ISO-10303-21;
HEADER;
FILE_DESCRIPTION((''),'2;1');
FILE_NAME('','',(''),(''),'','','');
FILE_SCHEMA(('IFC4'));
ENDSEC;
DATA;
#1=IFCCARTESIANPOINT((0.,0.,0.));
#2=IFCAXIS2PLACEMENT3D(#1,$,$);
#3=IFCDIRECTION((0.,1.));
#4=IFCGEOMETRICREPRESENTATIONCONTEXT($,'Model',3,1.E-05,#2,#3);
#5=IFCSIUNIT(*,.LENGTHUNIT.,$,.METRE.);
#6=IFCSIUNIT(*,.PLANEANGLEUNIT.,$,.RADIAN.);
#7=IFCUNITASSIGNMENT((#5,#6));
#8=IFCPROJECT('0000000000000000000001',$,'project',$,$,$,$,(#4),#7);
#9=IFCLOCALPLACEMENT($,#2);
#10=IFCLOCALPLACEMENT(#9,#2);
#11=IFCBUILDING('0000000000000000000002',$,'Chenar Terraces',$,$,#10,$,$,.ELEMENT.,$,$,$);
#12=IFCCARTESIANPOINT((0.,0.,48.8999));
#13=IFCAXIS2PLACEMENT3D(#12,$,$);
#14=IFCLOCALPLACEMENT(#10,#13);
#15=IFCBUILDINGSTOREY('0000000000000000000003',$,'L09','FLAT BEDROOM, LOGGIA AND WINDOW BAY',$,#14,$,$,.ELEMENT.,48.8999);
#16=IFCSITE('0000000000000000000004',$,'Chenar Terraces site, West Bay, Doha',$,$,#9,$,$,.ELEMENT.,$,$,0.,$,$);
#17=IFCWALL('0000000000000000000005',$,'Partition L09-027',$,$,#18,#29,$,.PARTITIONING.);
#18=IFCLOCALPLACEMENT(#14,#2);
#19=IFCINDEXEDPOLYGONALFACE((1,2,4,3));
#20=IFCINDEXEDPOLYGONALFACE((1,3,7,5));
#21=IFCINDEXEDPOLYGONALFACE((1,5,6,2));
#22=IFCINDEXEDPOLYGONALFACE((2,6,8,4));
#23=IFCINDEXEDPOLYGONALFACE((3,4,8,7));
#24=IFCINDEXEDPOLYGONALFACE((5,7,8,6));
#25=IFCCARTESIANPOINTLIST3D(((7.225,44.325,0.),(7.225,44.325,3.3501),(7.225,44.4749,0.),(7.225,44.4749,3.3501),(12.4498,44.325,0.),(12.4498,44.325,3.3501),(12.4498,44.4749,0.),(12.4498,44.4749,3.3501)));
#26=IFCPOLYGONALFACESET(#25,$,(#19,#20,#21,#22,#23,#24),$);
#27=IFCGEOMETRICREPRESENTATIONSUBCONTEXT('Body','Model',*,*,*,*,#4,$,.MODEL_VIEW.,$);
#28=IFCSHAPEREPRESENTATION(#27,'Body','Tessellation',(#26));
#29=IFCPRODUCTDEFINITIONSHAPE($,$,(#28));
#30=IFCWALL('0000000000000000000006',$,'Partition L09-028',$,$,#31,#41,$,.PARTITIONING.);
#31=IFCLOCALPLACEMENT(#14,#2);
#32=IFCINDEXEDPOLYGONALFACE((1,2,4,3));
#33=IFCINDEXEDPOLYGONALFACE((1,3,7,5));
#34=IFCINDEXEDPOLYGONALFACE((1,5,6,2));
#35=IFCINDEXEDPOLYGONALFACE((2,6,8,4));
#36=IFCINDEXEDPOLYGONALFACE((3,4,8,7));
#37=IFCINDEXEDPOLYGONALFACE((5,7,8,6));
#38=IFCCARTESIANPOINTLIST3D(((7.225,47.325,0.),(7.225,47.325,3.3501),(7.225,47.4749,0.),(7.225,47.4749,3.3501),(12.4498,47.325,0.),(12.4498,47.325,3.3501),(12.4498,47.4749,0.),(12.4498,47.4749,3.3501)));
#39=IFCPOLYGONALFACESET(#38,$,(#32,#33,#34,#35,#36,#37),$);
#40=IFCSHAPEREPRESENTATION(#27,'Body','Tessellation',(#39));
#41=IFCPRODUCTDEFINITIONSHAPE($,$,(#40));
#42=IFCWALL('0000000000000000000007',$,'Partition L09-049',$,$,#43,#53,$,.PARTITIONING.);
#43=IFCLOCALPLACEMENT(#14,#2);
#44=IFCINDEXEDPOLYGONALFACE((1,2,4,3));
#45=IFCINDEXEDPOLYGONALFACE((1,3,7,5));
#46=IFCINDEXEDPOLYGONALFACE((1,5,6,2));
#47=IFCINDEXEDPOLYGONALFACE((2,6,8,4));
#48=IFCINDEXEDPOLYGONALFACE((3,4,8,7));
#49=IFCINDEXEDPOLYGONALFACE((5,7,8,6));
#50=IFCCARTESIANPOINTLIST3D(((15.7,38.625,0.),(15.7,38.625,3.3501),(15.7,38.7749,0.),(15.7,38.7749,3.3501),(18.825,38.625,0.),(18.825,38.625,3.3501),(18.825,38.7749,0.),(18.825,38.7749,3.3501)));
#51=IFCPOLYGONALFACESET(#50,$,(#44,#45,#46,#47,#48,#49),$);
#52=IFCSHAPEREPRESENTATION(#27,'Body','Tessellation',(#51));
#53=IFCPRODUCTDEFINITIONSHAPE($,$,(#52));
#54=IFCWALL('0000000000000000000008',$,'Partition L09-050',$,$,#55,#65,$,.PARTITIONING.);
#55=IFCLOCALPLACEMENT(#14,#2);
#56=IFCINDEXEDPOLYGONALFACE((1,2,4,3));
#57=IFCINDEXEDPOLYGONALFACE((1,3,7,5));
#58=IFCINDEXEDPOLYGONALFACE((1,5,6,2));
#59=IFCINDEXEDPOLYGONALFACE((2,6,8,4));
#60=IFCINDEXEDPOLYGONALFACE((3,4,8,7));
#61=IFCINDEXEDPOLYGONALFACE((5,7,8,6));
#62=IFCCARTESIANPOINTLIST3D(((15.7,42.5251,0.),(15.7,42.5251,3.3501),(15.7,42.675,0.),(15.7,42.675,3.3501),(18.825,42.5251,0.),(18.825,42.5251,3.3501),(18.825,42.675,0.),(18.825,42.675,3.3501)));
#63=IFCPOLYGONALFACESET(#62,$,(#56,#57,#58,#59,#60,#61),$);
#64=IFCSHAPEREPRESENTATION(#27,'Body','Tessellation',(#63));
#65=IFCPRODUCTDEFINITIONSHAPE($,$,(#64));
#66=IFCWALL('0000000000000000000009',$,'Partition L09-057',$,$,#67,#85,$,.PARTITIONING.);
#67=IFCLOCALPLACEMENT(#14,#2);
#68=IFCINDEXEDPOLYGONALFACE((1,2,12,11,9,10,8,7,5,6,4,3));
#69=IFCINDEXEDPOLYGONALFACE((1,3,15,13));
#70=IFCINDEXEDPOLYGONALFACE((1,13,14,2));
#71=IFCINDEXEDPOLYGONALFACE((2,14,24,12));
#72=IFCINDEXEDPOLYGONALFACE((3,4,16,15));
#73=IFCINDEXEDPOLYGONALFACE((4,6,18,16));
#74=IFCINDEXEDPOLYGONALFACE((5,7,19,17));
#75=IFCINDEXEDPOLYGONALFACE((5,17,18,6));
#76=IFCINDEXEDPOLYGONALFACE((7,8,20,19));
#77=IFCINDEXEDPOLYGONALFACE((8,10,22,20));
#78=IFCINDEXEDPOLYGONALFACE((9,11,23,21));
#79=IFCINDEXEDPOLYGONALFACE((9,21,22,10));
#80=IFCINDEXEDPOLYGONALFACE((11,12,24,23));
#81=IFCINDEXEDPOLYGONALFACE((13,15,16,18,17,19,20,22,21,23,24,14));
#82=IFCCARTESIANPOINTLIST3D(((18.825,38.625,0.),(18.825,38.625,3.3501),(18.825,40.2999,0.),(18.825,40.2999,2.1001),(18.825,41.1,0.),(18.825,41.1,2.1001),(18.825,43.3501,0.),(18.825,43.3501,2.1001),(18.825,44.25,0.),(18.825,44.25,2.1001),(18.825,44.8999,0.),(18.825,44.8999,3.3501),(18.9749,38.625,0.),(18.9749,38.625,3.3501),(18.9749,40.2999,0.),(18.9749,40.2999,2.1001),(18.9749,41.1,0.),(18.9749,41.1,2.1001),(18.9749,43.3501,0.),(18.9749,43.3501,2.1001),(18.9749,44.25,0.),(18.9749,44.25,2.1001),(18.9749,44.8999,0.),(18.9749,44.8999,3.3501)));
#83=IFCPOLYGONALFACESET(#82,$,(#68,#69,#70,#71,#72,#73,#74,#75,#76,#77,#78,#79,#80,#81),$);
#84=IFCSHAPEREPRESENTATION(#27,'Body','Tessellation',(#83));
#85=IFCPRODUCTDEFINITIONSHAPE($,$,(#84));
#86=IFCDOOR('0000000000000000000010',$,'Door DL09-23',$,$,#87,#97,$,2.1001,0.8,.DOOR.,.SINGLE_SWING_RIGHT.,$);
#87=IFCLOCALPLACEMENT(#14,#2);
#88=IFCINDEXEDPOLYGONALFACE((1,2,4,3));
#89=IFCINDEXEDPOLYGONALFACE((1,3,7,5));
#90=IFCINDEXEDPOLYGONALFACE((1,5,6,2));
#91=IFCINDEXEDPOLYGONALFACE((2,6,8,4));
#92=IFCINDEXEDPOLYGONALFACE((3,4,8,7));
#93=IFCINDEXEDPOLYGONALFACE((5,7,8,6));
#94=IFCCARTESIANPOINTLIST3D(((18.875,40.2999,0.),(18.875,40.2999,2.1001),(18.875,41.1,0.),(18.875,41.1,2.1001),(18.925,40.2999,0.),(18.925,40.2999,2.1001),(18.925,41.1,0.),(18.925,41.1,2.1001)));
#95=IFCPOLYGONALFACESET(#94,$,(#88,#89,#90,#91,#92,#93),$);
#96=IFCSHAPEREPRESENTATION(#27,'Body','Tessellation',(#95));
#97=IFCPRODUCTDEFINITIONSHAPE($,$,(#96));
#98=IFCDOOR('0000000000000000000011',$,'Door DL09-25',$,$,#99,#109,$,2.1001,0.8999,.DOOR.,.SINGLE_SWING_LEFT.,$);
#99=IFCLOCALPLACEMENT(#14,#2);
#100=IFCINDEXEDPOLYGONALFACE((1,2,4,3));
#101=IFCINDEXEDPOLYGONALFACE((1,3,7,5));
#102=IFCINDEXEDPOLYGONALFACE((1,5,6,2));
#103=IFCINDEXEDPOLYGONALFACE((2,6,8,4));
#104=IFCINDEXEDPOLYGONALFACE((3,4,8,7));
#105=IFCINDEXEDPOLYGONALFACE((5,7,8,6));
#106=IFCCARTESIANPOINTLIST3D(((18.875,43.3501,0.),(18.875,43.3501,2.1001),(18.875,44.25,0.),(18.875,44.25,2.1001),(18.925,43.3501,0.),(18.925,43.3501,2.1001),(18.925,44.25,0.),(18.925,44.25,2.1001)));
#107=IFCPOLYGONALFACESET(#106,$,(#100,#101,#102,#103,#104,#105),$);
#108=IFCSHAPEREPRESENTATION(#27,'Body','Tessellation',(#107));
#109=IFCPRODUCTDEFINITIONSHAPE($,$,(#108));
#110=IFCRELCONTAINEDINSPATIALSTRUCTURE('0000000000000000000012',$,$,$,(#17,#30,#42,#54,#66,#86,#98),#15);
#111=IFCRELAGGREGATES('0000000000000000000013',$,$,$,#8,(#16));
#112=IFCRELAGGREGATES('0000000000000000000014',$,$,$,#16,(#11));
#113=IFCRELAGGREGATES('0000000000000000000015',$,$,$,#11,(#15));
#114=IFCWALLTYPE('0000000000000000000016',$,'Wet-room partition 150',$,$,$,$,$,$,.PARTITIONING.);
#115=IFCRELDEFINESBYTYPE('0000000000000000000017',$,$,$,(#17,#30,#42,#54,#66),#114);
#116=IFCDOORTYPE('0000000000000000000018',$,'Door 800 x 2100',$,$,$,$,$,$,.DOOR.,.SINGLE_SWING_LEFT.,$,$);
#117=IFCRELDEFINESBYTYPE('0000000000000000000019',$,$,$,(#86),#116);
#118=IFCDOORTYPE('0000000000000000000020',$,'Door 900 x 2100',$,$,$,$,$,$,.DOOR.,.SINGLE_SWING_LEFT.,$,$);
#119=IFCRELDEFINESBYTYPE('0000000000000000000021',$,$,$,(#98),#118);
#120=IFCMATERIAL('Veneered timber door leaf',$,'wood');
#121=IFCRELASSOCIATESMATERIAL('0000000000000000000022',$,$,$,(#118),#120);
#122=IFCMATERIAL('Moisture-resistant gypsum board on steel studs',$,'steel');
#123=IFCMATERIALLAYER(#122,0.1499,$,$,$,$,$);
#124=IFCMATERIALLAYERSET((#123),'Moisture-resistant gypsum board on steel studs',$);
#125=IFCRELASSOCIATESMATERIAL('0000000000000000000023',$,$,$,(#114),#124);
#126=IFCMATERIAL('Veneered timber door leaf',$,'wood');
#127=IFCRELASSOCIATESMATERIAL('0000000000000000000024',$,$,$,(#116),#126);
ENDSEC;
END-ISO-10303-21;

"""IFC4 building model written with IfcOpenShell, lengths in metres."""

from ifc_helpers import new_model, si_unit, direction, frame, frame_2d, origin, place, context, subcontext, project, spatial, rectangle, extrude, material, layer, layer_set, type_object, element, fill, save


model = new_model("IFC4")

# Units and contexts
model_context = context("Model", 3, precision=1e-05, world=origin(), true_north=direction((0.0, 1.0)))
body_context = subcontext(model_context, "Body", "Model", "MODEL_VIEW")
ifc_project = project(units=[si_unit("LENGTHUNIT", "METRE"), si_unit("PLANEANGLEUNIT", "RADIAN")], contexts=[model_context])

# Site, building, storey
site_placement = place(None, origin())
site = spatial("IfcSite", under=ifc_project, at=site_placement, Name="Chenar Terraces site, West Bay, Doha", CompositionType="ELEMENT", RefElevation=0.0)
building_placement = place(site_placement, origin())
building = spatial("IfcBuilding", under=site, at=building_placement, Name="Chenar Terraces", CompositionType="ELEMENT")
storey_placement = place(building_placement, frame((0.0, 0.0, 48.8999)))
storey = spatial("IfcBuildingStorey", under=building, at=storey_placement, Name="L09", Description="FLAT BEDROOM, LOGGIA AND WINDOW BAY", CompositionType="ELEMENT", Elevation=48.8999)

# Shared definitions
ifc_material_1 = material(Name="Veneered timber door leaf", Category="wood")
door_type_1 = type_object("IfcDoorType", Name="Door 900 x 2100", OperationType="SINGLE_SWING_LEFT", PredefinedType="DOOR", material=ifc_material_1)

# Shared definitions
ifc_material_2 = material(Name="Moisture-resistant gypsum board on steel studs", Category="steel")
ifc_layer_1 = layer(ifc_material_2, 0.1499)
ifc_layer_set_1 = layer_set([ifc_layer_1], Name="Moisture-resistant gypsum board on steel studs")
wall_type_1 = type_object("IfcWallType", Name="Wet-room partition 150", PredefinedType="PARTITIONING", material=ifc_layer_set_1)

# Shared definitions
ifc_material_3 = material(Name="Veneered timber door leaf", Category="wood")
door_type_2 = type_object("IfcDoorType", Name="Door 800 x 2100", OperationType="SINGLE_SWING_LEFT", PredefinedType="DOOR", material=ifc_material_3)

# Walls
for number, where, z_axis, x_axis, name in (
    (1, (7.2251, 44.3999, 0.0), (0.0, 0.0, 1.0), (1.0, 0.0, 0.0), "Partition L09-027"),
    (2, (7.2251, 47.3999, 0.0), (0.0, 0.0, 1.0), (1.0, 0.0, 0.0), "Partition L09-028"),
):
    element("IfcWall", number, at=place(storey_placement, frame(where, z_axis=z_axis, x_axis=x_axis)), inside=storey, type_object=wall_type_1, Name=name, PredefinedType="PARTITIONING", context=body_context, shape_type="SweptSolid", body=[
        extrude(rectangle(XDim=5.2249, YDim=0.1499, at=frame_2d((2.6123, 0.0))), origin(), (0.0, 0.0, 1.0), 3.3501),
    ])
for number, where, z_axis, x_axis, name in (
    (3, (15.7, 38.7, 0.0), (0.0, 0.0, 1.0), (1.0, 0.0, 0.0), "Partition L09-049"),
    (4, (15.7, 42.6001, 0.0), (0.0, 0.0, 1.0), (1.0, 0.0, 0.0), "Partition L09-050"),
):
    element("IfcWall", number, at=place(storey_placement, frame(where, z_axis=z_axis, x_axis=x_axis)), inside=storey, type_object=wall_type_1, Name=name, PredefinedType="PARTITIONING", context=body_context, shape_type="SweptSolid", body=[
        extrude(rectangle(XDim=3.125, YDim=0.1499, at=frame_2d((1.5625, 0.0))), origin(), (0.0, 0.0, 1.0), 3.3501),
    ])

# Wall, openings, doors
wall_1_placement = place(storey_placement, frame((18.8999, 38.625, 0.0), z_axis=(0.0, 0.0, 1.0), x_axis=(0.0, 1.0, 0.0)))
wall_1 = element("IfcWall", 5, at=wall_1_placement, inside=storey, type_object=wall_type_1, Name="Partition L09-057", PredefinedType="PARTITIONING", context=body_context, shape_type="SweptSolid", body=[
    extrude(rectangle(XDim=6.2749, YDim=0.1499, at=frame_2d((3.1375, 0.0))), origin(), (0.0, 0.0, 1.0), 3.3501),
])
opening_1_placement = place(wall_1_placement, frame((1.675, 0.0, 0.0)))
opening_1 = element("IfcOpeningElement", 6, at=opening_1_placement, cuts=wall_1, PredefinedType="OPENING", context=body_context, shape_type="SweptSolid", body=[
    extrude(rectangle(XDim=0.8, YDim=2.1001, at=frame_2d((0.3999, 1.05))), frame((0.0, 0.085, 0.0), z_axis=(0.0, -1.0, 0.0), x_axis=(1.0, 0.0, 0.0)), (0.0, 0.0, 1.0), 0.1699),
])
opening_2_placement = place(wall_1_placement, frame((4.7251, 0.0, 0.0)))
opening_2 = element("IfcOpeningElement", 7, at=opening_2_placement, cuts=wall_1, PredefinedType="OPENING", context=body_context, shape_type="SweptSolid", body=[
    extrude(rectangle(XDim=0.8999, YDim=2.1001, at=frame_2d((0.45, 1.05))), frame((0.0, 0.085, 0.0), z_axis=(0.0, -1.0, 0.0), x_axis=(1.0, 0.0, 0.0)), (0.0, 0.0, 1.0), 0.1699),
])
door_1_placement = place(opening_1_placement, origin())
door_1 = element("IfcDoor", 8, at=door_1_placement, inside=storey, type_object=door_type_2, Name="Door DL09-23", OperationType="SINGLE_SWING_RIGHT", OverallHeight=2.1001, OverallWidth=0.8, PredefinedType="DOOR", context=body_context, shape_type="SweptSolid", body=[
    extrude(rectangle(XDim=0.8, YDim=2.1001, at=frame_2d((0.3999, 1.05))), frame((0.0, 0.0249, 0.0), z_axis=(0.0, -1.0, 0.0), x_axis=(1.0, 0.0, 0.0)), (0.0, 0.0, 1.0), 0.05),
])
fill(opening_1, door_1)
door_2_placement = place(opening_2_placement, origin())
door_2 = element("IfcDoor", 9, at=door_2_placement, inside=storey, type_object=door_type_1, Name="Door DL09-25", OperationType="SINGLE_SWING_LEFT", OverallHeight=2.1001, OverallWidth=0.8999, PredefinedType="DOOR", context=body_context, shape_type="SweptSolid", body=[
    extrude(rectangle(XDim=0.8999, YDim=2.1001, at=frame_2d((0.45, 1.05))), frame((0.0, 0.0249, 0.0), z_axis=(0.0, -1.0, 0.0), x_axis=(1.0, 0.0, 0.0)), (0.0, 0.0, 1.0), 0.05),
])
fill(opening_2, door_2)

save(model, "model.ifc")
